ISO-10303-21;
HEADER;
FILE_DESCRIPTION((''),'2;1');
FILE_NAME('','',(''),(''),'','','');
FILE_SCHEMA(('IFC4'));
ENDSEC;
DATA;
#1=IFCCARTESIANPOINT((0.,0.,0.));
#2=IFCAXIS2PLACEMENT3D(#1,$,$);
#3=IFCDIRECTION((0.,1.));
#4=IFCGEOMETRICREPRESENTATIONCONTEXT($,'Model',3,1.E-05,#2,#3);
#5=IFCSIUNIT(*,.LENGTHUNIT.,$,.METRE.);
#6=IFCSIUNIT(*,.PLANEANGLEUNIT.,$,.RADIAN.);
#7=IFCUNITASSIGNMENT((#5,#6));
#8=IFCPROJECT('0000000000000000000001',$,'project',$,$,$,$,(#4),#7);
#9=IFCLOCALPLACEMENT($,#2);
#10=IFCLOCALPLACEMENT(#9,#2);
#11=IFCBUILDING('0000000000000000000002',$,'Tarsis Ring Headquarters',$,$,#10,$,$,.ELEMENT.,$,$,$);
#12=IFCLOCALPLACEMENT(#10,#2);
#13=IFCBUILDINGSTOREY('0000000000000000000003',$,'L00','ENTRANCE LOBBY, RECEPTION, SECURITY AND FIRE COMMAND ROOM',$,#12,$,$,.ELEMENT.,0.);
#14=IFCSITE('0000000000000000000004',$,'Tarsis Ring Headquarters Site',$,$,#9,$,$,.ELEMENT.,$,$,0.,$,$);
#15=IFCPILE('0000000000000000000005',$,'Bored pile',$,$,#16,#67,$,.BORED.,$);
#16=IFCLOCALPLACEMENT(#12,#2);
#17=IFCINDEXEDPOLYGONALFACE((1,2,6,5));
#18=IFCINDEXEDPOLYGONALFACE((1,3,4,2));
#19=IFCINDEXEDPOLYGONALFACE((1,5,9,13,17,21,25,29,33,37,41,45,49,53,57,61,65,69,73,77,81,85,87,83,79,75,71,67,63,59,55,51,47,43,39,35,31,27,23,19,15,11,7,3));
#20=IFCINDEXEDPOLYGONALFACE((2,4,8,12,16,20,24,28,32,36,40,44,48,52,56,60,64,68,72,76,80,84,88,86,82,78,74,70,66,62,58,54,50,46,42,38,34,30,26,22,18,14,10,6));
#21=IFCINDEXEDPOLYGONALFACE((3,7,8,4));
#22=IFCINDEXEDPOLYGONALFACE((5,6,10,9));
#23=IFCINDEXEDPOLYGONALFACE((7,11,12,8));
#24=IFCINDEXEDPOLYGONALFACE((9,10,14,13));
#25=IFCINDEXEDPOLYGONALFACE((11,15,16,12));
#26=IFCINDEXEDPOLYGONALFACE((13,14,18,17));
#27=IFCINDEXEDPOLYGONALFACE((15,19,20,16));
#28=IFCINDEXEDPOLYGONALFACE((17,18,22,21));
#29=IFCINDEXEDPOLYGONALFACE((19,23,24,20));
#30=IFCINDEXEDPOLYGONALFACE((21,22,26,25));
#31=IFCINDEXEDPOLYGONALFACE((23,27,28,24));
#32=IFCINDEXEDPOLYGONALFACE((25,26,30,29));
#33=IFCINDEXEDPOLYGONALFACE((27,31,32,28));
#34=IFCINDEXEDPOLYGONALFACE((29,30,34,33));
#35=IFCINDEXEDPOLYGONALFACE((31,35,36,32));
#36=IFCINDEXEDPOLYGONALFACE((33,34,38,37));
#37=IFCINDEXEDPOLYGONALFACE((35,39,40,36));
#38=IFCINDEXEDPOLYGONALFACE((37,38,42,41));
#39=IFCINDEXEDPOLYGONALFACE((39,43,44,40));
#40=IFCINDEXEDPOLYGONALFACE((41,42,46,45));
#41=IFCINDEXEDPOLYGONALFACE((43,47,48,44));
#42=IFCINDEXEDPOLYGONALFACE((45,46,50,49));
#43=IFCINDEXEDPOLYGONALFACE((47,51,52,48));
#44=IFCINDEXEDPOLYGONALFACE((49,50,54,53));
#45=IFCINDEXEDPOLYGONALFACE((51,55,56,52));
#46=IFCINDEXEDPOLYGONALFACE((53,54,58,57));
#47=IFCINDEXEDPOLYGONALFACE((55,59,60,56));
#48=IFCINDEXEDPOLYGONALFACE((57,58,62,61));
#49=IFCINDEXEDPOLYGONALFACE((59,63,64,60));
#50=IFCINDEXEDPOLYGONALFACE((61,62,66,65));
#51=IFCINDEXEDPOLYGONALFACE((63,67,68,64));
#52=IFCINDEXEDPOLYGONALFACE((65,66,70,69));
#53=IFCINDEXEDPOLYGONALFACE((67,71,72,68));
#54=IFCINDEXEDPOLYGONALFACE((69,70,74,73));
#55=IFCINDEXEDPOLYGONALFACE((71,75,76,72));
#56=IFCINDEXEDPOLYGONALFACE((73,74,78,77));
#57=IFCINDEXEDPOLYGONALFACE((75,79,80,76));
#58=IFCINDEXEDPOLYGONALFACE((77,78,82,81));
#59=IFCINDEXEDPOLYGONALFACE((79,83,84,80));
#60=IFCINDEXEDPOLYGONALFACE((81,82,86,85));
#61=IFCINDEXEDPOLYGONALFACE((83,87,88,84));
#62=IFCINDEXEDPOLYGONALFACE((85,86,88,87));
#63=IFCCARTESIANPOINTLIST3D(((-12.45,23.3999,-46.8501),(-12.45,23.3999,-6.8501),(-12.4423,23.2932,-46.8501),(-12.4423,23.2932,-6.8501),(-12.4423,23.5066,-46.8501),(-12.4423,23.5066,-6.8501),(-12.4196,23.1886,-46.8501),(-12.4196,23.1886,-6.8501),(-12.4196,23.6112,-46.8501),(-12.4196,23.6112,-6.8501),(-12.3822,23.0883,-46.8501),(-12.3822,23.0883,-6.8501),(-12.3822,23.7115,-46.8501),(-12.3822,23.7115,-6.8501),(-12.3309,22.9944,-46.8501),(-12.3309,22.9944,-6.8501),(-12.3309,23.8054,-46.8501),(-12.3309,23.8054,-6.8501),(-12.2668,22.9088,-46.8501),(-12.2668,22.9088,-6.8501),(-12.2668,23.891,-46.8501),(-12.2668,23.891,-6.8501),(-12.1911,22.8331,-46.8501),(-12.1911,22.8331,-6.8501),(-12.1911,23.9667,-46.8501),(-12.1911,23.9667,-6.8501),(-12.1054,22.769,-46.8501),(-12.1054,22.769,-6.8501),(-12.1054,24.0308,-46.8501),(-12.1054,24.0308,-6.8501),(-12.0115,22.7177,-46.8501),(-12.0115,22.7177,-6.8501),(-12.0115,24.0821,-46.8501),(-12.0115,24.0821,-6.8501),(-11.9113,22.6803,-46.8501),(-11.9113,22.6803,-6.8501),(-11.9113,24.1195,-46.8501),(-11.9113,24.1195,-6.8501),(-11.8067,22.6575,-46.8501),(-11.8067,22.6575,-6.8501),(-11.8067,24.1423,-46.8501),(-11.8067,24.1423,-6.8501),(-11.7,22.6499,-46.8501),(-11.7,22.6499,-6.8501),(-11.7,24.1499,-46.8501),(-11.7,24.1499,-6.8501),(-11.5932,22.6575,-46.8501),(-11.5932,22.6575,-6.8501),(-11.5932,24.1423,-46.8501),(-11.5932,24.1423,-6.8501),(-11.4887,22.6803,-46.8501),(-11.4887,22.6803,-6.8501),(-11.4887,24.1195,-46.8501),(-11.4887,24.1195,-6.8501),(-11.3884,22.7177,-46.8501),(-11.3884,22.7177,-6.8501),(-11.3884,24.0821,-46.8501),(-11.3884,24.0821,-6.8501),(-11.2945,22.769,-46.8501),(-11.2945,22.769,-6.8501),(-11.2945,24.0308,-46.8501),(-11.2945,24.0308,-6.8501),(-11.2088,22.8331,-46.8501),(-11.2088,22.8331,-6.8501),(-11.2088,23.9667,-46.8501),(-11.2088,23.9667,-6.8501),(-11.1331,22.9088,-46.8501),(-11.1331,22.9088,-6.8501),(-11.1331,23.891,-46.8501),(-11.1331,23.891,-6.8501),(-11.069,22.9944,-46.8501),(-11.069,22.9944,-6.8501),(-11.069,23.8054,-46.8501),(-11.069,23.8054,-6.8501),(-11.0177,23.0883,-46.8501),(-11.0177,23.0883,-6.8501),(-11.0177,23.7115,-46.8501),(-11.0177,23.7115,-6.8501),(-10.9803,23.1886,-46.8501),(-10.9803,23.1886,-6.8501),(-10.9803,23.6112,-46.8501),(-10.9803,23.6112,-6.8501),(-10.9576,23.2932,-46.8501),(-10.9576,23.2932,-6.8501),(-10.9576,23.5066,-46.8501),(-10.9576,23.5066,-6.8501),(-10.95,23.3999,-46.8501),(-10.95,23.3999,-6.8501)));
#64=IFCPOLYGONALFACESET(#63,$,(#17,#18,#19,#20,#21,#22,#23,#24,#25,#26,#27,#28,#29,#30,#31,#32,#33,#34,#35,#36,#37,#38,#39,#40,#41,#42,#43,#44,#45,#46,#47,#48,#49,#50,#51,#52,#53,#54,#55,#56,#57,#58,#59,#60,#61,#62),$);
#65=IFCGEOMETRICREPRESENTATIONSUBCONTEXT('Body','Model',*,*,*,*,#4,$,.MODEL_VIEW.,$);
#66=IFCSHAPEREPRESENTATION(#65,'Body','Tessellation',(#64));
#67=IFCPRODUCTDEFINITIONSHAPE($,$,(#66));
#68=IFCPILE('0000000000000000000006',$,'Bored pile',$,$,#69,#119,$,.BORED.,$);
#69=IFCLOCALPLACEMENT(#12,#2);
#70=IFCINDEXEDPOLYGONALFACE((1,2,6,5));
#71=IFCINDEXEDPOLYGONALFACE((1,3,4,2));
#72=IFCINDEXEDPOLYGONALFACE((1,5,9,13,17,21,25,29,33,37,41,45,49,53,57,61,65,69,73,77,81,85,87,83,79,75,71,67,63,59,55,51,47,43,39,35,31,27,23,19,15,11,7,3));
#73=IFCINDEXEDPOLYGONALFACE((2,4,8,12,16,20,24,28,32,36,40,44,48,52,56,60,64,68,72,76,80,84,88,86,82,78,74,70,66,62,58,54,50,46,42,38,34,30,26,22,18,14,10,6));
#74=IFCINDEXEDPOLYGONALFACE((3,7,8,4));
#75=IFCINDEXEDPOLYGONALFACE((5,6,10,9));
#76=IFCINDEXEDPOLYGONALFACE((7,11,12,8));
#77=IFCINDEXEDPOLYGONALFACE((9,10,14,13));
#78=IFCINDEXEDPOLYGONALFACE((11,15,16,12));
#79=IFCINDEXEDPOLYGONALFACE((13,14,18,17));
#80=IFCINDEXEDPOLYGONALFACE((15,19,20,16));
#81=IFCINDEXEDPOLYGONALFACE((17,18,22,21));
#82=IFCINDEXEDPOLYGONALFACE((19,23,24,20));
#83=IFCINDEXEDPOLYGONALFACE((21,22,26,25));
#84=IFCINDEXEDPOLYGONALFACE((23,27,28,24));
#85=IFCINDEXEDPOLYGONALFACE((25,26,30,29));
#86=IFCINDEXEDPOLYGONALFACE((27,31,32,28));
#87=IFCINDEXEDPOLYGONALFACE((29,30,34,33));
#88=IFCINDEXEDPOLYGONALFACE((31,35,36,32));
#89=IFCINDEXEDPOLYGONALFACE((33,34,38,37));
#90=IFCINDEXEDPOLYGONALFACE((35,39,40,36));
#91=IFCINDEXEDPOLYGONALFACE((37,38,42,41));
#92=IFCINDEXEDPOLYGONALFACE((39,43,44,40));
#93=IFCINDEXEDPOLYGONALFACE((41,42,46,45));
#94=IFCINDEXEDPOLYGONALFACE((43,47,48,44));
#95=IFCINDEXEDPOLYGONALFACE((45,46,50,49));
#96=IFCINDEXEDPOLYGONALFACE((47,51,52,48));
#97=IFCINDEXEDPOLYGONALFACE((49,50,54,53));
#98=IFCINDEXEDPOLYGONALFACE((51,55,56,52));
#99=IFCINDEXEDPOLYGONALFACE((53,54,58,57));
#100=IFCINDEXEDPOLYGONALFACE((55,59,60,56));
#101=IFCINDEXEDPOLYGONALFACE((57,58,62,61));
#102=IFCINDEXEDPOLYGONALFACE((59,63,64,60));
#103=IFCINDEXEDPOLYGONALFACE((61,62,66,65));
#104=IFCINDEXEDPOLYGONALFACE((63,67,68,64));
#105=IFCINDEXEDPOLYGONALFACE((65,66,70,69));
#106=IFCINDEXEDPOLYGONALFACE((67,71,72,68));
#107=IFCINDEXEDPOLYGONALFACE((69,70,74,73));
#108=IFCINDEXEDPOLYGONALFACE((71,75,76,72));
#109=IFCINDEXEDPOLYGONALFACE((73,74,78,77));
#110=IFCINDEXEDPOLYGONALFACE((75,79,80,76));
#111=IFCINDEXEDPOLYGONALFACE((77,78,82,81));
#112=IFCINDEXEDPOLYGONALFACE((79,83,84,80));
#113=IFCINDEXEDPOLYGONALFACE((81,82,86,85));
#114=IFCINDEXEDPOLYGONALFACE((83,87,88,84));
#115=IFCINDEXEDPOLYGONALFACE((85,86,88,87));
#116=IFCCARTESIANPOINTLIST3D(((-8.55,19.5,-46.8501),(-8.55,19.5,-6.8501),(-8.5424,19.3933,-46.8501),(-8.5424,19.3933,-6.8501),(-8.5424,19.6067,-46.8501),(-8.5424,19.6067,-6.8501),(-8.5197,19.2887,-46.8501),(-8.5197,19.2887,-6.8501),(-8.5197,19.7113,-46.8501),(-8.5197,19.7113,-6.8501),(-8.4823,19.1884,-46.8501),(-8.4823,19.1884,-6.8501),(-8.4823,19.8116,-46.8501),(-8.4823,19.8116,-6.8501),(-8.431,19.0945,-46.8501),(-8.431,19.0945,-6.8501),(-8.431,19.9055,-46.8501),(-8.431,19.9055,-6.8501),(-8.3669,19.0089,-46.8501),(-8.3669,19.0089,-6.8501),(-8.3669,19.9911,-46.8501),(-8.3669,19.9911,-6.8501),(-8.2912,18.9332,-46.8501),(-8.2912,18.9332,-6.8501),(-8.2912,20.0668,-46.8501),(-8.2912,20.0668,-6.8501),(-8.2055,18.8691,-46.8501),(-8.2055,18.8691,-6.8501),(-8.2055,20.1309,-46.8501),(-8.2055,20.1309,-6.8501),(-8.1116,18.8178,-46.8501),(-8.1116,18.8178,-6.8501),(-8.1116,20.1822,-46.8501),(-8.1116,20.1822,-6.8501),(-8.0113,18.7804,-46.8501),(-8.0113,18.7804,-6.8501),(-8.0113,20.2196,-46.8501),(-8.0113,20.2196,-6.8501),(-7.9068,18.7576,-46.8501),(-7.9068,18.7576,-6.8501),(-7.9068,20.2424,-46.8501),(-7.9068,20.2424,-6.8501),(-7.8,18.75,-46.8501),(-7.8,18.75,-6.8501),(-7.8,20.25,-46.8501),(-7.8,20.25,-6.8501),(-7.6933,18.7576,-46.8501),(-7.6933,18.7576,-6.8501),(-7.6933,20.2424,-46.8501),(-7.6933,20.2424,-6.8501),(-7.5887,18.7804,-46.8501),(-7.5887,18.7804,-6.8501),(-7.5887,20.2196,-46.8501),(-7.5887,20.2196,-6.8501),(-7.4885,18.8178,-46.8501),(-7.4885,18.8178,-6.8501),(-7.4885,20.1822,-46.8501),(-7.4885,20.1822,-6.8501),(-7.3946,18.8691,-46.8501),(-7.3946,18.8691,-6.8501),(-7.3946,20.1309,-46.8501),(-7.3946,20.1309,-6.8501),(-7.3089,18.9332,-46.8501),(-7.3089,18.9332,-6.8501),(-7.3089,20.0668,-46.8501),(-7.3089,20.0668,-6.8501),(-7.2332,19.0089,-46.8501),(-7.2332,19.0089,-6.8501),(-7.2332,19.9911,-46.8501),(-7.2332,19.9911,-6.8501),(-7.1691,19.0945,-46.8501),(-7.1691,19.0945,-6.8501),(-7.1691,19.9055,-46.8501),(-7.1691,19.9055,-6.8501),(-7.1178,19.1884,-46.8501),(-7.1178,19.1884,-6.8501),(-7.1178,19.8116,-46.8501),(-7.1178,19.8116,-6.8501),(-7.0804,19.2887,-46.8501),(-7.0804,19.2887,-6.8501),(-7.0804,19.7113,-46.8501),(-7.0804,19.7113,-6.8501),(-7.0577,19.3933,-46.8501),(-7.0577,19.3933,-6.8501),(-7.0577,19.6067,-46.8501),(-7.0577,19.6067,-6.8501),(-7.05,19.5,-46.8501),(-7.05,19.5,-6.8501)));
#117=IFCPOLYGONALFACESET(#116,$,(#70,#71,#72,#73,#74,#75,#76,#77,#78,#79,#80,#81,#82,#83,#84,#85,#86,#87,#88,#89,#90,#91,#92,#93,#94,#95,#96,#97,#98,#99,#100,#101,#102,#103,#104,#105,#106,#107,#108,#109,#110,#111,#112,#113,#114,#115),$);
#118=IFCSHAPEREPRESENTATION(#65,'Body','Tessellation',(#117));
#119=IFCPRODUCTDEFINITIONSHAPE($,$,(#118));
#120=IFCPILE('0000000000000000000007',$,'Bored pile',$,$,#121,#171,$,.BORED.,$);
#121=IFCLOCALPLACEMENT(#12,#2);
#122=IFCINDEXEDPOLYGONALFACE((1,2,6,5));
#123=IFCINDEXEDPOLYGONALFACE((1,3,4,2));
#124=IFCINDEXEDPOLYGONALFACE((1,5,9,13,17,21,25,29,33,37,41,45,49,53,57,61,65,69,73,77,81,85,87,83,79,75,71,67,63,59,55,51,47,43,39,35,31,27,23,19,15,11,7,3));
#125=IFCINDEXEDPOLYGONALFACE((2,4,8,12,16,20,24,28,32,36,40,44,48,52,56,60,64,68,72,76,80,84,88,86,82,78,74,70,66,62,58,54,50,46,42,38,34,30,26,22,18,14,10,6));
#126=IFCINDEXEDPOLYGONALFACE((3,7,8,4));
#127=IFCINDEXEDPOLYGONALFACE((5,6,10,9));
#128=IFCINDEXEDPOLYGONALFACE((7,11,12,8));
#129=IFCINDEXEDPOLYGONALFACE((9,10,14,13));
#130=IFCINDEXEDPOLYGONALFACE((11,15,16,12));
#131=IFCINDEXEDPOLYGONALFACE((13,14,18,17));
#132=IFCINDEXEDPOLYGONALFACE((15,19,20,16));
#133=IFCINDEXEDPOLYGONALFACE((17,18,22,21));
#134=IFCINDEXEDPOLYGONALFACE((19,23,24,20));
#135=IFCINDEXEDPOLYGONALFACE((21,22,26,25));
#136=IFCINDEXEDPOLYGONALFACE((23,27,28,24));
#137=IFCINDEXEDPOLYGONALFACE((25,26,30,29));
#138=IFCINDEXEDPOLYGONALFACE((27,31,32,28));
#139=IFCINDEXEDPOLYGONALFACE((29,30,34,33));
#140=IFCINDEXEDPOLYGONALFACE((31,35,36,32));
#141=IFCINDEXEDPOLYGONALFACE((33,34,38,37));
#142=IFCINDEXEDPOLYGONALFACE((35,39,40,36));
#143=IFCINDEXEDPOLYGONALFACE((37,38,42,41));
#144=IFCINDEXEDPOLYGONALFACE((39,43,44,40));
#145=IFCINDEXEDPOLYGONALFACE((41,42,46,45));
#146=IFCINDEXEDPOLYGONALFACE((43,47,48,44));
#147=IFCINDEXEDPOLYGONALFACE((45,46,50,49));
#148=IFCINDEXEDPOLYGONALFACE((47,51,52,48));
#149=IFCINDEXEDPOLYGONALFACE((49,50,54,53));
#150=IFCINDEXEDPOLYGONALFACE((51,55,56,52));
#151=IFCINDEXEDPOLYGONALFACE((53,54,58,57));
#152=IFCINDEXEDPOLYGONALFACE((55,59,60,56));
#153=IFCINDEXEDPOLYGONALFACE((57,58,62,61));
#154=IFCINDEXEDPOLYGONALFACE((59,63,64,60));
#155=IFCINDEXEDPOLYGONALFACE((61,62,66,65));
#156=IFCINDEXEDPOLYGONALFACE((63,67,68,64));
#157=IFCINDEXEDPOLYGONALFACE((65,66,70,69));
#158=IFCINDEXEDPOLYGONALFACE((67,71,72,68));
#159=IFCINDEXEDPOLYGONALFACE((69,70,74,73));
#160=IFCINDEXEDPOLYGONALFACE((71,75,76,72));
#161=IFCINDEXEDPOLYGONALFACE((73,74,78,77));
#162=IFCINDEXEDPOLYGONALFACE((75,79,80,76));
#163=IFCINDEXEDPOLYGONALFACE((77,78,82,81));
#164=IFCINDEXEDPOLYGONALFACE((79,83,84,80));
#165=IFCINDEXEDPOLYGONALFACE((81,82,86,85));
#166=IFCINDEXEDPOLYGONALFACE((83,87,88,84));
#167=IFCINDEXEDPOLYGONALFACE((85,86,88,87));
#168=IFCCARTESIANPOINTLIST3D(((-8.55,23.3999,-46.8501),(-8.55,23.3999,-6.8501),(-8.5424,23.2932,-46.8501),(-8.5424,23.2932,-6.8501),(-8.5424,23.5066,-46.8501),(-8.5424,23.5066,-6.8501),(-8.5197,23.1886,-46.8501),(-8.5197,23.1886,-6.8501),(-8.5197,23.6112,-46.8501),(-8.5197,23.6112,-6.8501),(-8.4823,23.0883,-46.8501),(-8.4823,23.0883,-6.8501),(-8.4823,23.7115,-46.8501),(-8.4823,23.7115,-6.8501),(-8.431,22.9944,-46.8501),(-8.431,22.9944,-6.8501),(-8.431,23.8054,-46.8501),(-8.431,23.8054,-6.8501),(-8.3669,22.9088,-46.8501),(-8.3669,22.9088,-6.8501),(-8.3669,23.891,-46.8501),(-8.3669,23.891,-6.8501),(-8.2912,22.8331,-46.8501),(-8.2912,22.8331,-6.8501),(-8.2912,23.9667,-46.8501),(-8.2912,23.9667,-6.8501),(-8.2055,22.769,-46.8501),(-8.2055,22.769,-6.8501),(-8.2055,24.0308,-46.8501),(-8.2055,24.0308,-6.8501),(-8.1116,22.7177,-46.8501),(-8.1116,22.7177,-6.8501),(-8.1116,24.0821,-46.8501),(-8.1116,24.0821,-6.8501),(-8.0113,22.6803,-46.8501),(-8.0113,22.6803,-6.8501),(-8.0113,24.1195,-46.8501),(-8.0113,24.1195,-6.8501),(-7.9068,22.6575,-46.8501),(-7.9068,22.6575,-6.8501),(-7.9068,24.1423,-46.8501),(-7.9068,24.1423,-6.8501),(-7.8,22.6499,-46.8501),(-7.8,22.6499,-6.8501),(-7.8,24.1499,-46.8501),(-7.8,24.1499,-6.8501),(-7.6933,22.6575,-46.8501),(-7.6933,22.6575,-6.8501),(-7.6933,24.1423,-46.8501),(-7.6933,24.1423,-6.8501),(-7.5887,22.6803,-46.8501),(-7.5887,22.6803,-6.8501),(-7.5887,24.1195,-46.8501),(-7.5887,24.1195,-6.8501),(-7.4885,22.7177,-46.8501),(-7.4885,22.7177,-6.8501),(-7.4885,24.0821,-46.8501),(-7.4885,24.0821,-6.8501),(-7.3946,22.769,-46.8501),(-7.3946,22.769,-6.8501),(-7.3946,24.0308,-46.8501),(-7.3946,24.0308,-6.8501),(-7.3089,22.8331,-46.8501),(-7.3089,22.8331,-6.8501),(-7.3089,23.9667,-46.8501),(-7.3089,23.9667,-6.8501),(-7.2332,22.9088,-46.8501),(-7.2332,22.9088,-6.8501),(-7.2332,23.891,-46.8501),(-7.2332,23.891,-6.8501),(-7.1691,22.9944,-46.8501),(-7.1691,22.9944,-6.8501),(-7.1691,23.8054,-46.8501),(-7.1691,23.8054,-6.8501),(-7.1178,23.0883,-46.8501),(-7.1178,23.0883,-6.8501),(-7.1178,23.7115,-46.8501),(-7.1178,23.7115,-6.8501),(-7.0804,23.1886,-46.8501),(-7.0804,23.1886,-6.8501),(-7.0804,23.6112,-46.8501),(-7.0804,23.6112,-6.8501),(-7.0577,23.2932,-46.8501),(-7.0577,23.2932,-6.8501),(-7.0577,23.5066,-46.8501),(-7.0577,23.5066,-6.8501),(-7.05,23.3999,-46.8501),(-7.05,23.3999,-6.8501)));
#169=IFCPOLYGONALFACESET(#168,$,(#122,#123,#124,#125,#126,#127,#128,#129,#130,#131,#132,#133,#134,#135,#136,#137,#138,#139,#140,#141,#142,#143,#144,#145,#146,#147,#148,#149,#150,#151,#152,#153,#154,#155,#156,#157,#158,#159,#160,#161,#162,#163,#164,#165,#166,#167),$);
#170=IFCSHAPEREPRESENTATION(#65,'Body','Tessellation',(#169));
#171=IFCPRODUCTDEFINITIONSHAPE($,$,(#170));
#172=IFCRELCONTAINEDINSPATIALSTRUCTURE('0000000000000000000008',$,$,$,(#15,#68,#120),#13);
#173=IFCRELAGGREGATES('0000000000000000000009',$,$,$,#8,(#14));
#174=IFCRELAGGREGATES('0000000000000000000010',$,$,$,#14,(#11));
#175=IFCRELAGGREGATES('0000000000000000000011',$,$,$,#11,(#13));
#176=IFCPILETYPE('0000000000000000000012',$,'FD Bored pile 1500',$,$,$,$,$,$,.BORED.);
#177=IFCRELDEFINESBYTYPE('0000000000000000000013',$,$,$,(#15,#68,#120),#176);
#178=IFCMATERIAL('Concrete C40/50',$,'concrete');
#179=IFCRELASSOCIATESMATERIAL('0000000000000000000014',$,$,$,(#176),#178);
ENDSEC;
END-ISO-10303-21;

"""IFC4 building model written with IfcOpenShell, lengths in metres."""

from ifc_helpers import new_model, si_unit, direction, frame, origin, origin_2d, place, context, subcontext, project, spatial, circle, extrude, material, material_profile, profile_set, type_object, element, save


model = new_model("IFC4")

# Units and contexts
model_context = context("Model", 3, precision=1e-05, world=origin(), true_north=direction((0.0, 1.0)))
body_context = subcontext(model_context, "Body", "Model", "MODEL_VIEW")
ifc_project = project(units=[si_unit("LENGTHUNIT", "METRE"), si_unit("PLANEANGLEUNIT", "RADIAN")], contexts=[model_context])

# Site, building, storey
site_placement = place(None, origin())
site = spatial("IfcSite", under=ifc_project, at=site_placement, Name="Tarsis Ring Headquarters Site", CompositionType="ELEMENT", RefElevation=0.0)
building_placement = place(site_placement, origin())
building = spatial("IfcBuilding", under=site, at=building_placement, Name="Tarsis Ring Headquarters", CompositionType="ELEMENT")
storey_placement = place(building_placement, origin())
storey = spatial("IfcBuildingStorey", under=building, at=storey_placement, Name="L00", Description="ENTRANCE LOBBY, RECEPTION, SECURITY AND FIRE COMMAND ROOM", CompositionType="ELEMENT", Elevation=0.0)

# Piles
ifc_material_1 = material(Name="Concrete C40/50", Category="concrete")
ifc_material_profile_1 = material_profile(ifc_material_1, circle(Radius=0.75, at=origin_2d()), Name="BORED 1500")
ifc_profile_set_1 = profile_set([ifc_material_profile_1], Name="Concrete C40/50")
pile_type = type_object("IfcPileType", Name="FD Bored pile 1500", PredefinedType="BORED", material=ifc_profile_set_1)
for number, where, z_axis, x_axis, name in (
    (1, (-11.7, 23.3999, -6.8501), (0.0, 0.0, -1.0), (1.0, 0.0, 0.0), "Bored pile"),
    (2, (-7.8, 19.5, -6.8501), (0.0, 0.0, -1.0), (1.0, 0.0, 0.0), "Bored pile"),
    (3, (-7.8, 23.3999, -6.8501), (0.0, 0.0, -1.0), (1.0, 0.0, 0.0), "Bored pile"),
):
    element("IfcPile", number, at=place(storey_placement, frame(where, z_axis=z_axis, x_axis=x_axis)), inside=storey, type_object=pile_type, Name=name, PredefinedType="BORED", context=body_context, shape_type="SweptSolid", body=[
        extrude(circle(Radius=0.75, at=origin_2d()), origin(), (0.0, 0.0, 1.0), 40.0),
    ])

save(model, "model.ifc")
